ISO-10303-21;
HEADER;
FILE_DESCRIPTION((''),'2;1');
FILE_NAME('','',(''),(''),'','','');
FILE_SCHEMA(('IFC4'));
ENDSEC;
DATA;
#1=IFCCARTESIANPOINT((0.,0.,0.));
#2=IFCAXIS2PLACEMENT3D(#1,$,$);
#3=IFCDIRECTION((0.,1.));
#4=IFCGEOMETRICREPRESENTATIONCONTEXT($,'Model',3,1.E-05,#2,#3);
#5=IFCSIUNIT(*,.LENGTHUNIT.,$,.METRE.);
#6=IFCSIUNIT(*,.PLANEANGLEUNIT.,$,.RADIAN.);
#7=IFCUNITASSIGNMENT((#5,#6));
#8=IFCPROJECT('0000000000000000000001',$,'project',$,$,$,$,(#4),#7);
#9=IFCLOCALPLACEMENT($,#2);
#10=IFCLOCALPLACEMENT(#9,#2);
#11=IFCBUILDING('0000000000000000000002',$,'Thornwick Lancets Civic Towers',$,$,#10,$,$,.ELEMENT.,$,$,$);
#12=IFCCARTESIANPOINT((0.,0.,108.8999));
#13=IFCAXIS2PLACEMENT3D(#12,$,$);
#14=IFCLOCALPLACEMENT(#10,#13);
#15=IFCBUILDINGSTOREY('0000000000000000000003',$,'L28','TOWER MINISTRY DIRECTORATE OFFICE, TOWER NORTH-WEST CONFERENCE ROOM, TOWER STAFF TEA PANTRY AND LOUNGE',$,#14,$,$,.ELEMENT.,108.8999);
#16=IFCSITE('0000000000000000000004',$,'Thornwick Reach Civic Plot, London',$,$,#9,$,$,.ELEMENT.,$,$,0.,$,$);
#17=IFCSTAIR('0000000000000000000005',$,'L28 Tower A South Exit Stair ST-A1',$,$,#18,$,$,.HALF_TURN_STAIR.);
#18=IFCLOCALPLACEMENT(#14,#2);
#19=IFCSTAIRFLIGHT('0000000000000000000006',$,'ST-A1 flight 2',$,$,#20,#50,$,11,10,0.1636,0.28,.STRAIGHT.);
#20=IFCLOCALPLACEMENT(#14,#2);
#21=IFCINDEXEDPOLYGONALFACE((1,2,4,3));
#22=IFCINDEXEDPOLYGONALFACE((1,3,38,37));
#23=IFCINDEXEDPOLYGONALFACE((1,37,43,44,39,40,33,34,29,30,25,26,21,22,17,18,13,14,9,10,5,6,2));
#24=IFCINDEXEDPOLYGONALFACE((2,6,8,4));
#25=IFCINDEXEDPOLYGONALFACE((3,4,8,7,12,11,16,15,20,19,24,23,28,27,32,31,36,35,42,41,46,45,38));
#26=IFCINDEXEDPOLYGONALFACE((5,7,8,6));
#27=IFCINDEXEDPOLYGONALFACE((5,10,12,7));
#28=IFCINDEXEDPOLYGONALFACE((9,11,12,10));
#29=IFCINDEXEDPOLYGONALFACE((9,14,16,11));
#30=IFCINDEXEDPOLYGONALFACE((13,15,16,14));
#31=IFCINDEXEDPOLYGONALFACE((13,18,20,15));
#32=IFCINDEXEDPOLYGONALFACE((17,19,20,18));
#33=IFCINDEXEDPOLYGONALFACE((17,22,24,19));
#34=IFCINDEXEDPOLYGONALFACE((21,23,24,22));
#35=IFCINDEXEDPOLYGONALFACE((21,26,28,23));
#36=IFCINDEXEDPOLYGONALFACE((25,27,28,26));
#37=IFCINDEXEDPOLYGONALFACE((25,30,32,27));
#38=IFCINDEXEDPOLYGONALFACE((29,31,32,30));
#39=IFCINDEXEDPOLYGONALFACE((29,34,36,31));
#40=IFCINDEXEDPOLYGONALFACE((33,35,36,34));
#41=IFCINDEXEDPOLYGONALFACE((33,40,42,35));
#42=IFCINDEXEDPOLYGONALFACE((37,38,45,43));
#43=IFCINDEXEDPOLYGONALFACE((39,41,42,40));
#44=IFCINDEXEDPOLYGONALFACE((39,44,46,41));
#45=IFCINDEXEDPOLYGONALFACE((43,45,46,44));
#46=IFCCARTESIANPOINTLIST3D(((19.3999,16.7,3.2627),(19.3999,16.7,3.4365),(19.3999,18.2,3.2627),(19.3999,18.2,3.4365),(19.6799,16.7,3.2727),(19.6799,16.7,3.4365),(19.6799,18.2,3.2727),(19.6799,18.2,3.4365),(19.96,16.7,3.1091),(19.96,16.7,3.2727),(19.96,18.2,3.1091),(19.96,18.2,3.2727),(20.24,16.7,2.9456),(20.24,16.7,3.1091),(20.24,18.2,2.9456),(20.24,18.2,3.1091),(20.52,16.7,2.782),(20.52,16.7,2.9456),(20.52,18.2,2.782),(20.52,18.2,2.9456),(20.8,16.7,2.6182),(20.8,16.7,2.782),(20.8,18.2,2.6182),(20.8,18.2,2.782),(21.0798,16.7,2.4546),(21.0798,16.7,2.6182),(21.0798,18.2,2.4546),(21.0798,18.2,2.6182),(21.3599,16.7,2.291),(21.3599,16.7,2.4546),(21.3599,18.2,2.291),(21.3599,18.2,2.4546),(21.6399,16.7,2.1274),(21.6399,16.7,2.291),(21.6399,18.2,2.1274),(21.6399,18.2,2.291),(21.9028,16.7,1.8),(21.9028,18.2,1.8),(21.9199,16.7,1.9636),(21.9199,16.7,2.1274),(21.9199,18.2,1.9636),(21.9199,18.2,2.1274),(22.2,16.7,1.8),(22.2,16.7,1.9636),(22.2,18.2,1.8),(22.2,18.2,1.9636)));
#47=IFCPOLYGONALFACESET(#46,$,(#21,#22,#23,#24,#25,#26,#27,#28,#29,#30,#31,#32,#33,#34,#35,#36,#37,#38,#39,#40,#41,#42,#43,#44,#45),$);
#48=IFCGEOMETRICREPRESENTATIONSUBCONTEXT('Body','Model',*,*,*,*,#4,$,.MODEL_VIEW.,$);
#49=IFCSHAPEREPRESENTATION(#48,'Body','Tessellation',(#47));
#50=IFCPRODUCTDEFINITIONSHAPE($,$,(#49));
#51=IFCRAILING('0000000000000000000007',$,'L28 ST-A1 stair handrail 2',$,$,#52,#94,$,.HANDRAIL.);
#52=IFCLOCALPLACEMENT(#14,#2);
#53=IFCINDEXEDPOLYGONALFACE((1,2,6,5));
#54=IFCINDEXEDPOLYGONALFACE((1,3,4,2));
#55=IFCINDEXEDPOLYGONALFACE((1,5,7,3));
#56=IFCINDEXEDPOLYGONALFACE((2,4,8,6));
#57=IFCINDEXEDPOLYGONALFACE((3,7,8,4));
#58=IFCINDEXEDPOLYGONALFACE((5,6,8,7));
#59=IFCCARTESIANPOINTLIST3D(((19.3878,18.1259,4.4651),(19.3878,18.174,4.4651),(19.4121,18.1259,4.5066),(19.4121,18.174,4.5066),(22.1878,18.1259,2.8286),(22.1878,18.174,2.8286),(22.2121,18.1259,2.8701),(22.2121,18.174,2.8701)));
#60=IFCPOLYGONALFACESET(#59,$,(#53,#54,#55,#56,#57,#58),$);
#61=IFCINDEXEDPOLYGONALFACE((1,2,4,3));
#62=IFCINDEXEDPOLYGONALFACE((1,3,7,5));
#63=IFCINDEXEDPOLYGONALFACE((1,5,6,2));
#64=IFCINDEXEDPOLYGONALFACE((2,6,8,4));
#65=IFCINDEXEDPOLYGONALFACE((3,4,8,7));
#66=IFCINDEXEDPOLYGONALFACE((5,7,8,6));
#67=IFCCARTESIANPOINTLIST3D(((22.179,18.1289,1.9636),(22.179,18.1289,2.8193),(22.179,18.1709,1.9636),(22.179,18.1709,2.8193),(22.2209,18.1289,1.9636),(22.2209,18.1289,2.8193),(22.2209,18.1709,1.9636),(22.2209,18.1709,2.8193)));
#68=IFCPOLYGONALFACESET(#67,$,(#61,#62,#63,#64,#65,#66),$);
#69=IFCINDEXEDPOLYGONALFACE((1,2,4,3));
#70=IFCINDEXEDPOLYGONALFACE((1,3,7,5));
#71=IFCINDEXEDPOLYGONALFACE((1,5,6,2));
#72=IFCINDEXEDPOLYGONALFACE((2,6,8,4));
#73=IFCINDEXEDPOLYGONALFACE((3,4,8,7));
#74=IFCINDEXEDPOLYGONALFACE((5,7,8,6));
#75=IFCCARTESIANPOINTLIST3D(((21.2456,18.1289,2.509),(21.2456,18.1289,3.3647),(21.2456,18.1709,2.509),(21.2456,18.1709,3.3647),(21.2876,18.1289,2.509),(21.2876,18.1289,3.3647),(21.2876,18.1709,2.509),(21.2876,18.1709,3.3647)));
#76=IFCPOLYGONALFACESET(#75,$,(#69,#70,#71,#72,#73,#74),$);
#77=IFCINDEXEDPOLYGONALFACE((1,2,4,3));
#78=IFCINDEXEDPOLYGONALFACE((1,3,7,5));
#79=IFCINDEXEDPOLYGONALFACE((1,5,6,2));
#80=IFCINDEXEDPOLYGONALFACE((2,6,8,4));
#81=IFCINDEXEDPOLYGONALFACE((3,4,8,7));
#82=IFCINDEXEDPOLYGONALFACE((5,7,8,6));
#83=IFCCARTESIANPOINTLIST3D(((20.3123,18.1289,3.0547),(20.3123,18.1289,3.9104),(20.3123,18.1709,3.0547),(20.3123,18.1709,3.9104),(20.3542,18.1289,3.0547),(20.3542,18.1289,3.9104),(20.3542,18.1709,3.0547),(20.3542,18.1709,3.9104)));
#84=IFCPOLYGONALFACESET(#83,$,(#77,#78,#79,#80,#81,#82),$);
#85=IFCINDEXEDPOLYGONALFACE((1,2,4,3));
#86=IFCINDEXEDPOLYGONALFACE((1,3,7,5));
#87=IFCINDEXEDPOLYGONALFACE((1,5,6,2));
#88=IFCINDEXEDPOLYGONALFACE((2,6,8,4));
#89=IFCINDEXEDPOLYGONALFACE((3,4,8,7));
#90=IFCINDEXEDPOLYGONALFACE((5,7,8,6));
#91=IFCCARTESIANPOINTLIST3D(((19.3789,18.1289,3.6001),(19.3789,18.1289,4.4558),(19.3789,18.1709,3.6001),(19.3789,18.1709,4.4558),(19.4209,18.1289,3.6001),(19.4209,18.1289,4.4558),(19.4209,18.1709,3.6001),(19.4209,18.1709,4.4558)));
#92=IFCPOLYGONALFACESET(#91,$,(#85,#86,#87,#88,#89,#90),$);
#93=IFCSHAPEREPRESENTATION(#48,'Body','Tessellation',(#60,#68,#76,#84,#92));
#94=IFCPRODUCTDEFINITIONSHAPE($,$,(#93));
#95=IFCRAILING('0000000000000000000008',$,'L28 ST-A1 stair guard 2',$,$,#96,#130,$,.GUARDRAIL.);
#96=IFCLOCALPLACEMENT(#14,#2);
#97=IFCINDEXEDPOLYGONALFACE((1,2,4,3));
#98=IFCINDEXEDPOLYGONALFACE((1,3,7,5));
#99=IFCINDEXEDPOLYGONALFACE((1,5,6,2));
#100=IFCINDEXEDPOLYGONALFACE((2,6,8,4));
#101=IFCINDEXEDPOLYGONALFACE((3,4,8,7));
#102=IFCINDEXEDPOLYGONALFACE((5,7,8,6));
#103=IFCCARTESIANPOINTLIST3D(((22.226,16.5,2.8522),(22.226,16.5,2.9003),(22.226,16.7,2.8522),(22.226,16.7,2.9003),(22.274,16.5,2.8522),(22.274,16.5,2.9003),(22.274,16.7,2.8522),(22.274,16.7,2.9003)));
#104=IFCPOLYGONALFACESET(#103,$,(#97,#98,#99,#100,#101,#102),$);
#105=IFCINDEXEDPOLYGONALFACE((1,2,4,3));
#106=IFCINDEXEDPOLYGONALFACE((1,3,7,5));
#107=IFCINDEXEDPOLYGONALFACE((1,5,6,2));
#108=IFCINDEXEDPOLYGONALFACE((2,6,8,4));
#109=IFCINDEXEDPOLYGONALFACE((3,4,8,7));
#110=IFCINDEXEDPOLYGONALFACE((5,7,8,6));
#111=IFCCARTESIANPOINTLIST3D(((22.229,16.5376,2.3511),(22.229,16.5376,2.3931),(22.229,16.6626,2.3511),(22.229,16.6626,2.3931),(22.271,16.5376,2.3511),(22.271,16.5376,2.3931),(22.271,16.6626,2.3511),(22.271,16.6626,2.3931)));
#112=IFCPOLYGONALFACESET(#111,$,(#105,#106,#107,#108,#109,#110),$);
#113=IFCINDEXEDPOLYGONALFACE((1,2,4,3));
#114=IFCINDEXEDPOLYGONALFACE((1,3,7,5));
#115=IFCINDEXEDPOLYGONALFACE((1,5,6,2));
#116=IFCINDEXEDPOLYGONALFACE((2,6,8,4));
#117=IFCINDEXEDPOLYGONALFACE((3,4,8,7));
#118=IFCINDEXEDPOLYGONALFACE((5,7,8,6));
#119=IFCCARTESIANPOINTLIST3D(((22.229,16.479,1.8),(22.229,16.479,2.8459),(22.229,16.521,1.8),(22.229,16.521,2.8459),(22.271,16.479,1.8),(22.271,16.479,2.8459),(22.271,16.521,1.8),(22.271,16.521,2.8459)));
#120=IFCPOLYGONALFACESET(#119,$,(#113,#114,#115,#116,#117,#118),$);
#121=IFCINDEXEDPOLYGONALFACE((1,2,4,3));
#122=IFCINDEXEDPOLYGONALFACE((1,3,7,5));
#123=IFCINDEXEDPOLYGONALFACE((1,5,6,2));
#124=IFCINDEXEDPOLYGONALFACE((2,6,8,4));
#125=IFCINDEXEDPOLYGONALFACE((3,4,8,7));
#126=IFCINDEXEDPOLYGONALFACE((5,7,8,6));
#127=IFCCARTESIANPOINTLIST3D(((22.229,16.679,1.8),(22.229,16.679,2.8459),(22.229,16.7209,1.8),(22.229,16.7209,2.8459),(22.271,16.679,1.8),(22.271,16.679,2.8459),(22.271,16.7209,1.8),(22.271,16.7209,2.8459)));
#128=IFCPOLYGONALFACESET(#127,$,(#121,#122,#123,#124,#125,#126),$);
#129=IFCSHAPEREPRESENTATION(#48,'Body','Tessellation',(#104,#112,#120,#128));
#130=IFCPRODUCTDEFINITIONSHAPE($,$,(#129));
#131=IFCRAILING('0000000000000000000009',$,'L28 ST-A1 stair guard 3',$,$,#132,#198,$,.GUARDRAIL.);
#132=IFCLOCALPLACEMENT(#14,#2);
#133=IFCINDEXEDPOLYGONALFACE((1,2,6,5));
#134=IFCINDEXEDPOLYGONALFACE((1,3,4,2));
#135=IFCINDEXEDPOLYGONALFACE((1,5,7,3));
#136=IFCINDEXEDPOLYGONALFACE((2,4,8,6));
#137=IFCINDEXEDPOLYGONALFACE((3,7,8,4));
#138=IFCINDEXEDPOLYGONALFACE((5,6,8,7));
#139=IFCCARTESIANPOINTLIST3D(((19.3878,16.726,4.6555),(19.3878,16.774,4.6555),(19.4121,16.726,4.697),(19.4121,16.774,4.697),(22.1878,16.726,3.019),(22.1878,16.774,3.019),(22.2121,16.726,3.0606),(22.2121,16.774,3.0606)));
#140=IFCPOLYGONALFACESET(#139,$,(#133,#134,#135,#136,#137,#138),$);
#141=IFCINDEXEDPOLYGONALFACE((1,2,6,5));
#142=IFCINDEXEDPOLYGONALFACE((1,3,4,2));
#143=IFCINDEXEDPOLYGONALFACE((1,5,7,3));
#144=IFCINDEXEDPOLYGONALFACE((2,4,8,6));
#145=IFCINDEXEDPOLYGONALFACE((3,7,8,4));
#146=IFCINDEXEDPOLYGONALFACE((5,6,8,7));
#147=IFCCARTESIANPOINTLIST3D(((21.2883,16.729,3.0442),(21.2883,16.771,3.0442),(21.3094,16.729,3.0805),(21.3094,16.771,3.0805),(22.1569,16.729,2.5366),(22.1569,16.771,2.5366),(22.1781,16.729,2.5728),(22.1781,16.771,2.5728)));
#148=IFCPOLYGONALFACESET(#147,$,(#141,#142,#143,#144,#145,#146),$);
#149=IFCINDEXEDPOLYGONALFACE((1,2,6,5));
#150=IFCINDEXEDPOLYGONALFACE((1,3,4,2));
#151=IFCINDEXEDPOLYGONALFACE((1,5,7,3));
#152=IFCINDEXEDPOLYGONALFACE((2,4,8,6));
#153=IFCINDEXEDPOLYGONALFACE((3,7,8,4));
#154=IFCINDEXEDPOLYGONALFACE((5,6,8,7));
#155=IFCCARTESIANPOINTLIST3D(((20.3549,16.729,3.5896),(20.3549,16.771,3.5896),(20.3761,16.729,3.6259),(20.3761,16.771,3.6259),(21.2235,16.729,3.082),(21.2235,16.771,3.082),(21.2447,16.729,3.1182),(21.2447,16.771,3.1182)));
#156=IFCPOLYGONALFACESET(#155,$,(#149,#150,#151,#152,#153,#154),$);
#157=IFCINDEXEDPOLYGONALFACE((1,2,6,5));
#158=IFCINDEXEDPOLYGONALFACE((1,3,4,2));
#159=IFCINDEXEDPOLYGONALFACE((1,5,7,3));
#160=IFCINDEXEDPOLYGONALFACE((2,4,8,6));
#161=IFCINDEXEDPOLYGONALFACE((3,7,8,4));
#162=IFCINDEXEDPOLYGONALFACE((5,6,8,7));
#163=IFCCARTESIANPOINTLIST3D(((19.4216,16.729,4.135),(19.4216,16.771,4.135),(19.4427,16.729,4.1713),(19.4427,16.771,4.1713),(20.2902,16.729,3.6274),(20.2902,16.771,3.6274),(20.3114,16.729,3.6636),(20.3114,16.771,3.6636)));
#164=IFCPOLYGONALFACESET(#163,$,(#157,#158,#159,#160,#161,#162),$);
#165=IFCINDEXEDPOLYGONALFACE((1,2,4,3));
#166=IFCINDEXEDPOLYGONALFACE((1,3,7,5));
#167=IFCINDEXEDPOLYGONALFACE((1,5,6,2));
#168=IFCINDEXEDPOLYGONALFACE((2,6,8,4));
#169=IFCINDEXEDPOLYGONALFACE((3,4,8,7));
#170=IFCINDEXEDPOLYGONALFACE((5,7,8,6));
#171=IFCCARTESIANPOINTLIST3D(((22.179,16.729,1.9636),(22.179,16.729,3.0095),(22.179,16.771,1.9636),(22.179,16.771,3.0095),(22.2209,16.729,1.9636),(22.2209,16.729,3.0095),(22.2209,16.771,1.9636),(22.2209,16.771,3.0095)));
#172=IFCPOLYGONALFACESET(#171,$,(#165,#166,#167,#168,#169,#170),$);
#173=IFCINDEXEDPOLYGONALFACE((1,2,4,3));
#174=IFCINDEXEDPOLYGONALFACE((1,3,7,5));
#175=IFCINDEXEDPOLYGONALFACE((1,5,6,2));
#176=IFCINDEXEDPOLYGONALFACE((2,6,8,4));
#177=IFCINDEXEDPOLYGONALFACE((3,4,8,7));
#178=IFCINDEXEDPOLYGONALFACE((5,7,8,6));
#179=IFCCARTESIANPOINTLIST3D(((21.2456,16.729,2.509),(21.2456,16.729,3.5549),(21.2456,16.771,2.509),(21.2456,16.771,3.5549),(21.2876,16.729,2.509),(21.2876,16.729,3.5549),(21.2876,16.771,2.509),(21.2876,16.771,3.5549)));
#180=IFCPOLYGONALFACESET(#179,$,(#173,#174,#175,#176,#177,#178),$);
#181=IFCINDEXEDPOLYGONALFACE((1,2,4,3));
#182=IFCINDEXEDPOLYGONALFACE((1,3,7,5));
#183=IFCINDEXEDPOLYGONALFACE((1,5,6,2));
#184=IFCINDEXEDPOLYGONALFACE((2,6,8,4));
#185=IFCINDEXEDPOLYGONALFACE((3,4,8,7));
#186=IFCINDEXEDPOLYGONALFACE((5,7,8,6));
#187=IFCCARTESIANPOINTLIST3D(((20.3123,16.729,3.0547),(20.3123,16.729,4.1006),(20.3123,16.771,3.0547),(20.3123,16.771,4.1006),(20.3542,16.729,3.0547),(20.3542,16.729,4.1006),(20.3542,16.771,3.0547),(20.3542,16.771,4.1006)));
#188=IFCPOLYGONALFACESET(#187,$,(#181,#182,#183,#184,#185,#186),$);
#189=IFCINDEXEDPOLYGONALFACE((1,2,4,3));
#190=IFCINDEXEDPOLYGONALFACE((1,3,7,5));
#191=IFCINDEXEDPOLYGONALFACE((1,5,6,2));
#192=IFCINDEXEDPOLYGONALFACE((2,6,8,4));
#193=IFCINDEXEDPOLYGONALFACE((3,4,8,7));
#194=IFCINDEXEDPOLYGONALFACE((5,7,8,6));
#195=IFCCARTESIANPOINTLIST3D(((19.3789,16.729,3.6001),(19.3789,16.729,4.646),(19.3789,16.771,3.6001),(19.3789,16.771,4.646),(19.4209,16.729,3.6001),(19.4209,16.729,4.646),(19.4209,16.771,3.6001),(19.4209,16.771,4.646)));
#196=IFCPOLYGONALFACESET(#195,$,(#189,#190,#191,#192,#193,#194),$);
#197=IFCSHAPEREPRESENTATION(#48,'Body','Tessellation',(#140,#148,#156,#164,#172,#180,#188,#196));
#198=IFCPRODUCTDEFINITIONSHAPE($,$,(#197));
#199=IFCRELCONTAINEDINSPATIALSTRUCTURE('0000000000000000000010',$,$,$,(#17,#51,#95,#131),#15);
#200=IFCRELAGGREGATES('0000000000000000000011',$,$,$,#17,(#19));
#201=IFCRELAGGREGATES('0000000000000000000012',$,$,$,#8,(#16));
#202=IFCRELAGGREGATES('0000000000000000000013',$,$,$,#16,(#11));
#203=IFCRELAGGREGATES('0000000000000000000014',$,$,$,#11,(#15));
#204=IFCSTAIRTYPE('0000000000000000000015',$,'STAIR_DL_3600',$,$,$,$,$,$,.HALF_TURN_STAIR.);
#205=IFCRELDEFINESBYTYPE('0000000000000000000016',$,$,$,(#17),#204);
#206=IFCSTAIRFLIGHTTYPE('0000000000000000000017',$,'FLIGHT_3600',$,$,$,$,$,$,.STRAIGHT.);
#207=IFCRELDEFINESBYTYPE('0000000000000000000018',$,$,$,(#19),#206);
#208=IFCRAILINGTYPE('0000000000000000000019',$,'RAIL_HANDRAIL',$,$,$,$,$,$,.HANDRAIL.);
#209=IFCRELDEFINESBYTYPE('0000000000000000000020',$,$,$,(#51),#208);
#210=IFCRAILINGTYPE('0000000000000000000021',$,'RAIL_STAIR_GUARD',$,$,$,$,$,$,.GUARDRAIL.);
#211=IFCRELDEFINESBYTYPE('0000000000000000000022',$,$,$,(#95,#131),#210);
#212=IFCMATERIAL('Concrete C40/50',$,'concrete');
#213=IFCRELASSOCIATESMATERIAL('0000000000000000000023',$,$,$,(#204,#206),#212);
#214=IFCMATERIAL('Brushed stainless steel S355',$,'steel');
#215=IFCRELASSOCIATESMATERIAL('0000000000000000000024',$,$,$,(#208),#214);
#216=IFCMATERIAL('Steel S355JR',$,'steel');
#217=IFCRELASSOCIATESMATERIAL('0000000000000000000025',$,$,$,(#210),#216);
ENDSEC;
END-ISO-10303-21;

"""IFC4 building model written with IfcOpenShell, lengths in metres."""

from ifc_helpers import new_model, si_unit, direction, frame, origin, origin_2d, place, context, subcontext, project, spatial, polyline, rectangle, outline, extrude, material, type_object, element, aggregate, save


model = new_model("IFC4")

# Units and contexts
model_context = context("Model", 3, precision=1e-05, world=origin(), true_north=direction((0.0, 1.0)))
body_context = subcontext(model_context, "Body", "Model", "MODEL_VIEW")
ifc_project = project(units=[si_unit("LENGTHUNIT", "METRE"), si_unit("PLANEANGLEUNIT", "RADIAN")], contexts=[model_context])

# Site, building, storey
site_placement = place(None, origin())
site = spatial("IfcSite", under=ifc_project, at=site_placement, Name="Thornwick Reach Civic Plot, London", CompositionType="ELEMENT", RefElevation=0.0)
building_placement = place(site_placement, origin())
building = spatial("IfcBuilding", under=site, at=building_placement, Name="Thornwick Lancets Civic Towers", CompositionType="ELEMENT")
storey_placement = place(building_placement, frame((0.0, 0.0, 108.8999)))
storey = spatial("IfcBuildingStorey", under=building, at=storey_placement, Name="L28", Description="TOWER MINISTRY DIRECTORATE OFFICE, TOWER NORTH-WEST CONFERENCE ROOM, TOWER STAFF TEA PANTRY AND LOUNGE", CompositionType="ELEMENT", Elevation=108.8999)

# Shared definitions
ifc_material_1 = material(Name="Steel S355JR", Category="steel")
ifc_material_2 = material(Name="Concrete C40/50", Category="concrete")

# Stair, stair flight
stair_type = type_object("IfcStairType", Name="STAIR_DL_3600", PredefinedType="HALF_TURN_STAIR", material=ifc_material_2)
stair_placement = place(storey_placement, origin())
stair = element("IfcStair", 1, at=stair_placement, inside=storey, type_object=stair_type, Name="L28 Tower A South Exit Stair ST-A1", PredefinedType="HALF_TURN_STAIR")
stair_flight_type = type_object("IfcStairFlightType", Name="FLIGHT_3600", PredefinedType="STRAIGHT", material=ifc_material_2)
stair_flight_placement = place(storey_placement, frame((22.2, 17.45, 1.8), z_axis=(0.0, 0.0, 1.0), x_axis=(-1.0, 0.0, 0.0)))
stair_flight = element("IfcStairFlight", 2, at=stair_flight_placement, type_object=stair_flight_type, Name="ST-A1 flight 2", NumberOfRisers=11, NumberOfTreads=10, PredefinedType="STRAIGHT", RiserHeight=0.1636, TreadLength=0.28, context=body_context, shape_type="SweptSolid", body=[
    extrude(outline(polyline([(0.0, 0.0), (0.0, 0.1636), (0.28, 0.1636), (0.28, 0.3274), (0.5601, 0.3274), (0.5601, 0.491), (0.8401, 0.491), (0.8401, 0.6545), (1.1201, 0.6545), (1.1201, 0.8181), (1.3999, 0.8181), (1.3999, 0.9819), (1.6799, 0.9819), (1.6799, 1.1455), (1.96, 1.1455), (1.96, 1.3091), (2.24, 1.3091), (2.24, 1.4727), (2.52, 1.4727), (2.52, 1.6365), (2.8, 1.6365), (2.8, 1.8), (2.8, 1.4626), (0.2971, 0.0), (0.0, 0.0)])), frame((0.0, 0.75, 0.0), z_axis=(0.0, -1.0, 0.0), x_axis=(1.0, 0.0, 0.0)), (0.0, 0.0, 1.0), 1.5),
])
aggregate(stair, [stair_flight])

# Railings
ifc_material_3 = material(Name="Brushed stainless steel S355", Category="steel")
railing_type_1 = type_object("IfcRailingType", Name="RAIL_HANDRAIL", PredefinedType="HANDRAIL", material=ifc_material_3)
railing_1_placement = place(storey_placement, frame((22.2, 18.1499, 1.9636)))
element("IfcRailing", 3, at=railing_1_placement, inside=storey, type_object=railing_type_1, Name="L28 ST-A1 stair handrail 2", PredefinedType="HANDRAIL", context=body_context, shape_type="SweptSolid", body=[
    extrude(rectangle(XDim=0.0481, YDim=0.0481, at=origin_2d()), frame((0.0, 0.0, 0.8857), z_axis=(-0.863361, 0.0, 0.504587), x_axis=(0.0, -1.0, 0.0)), (0.0, 0.0, 1.0), 3.2432),
    extrude(rectangle(XDim=0.042, YDim=0.042, at=origin_2d()), origin(), (0.0, 0.0, 1.0), 0.8557),
    extrude(rectangle(XDim=0.042, YDim=0.042, at=origin_2d()), frame((-0.9333, 0.0, 0.5454)), (0.0, 0.0, 1.0), 0.8557),
    extrude(rectangle(XDim=0.042, YDim=0.042, at=origin_2d()), frame((-1.8667, 0.0, 1.0911)), (0.0, 0.0, 1.0), 0.8557),
    extrude(rectangle(XDim=0.042, YDim=0.042, at=origin_2d()), frame((-2.8, 0.0, 1.6365)), (0.0, 0.0, 1.0), 0.8557),
])
railing_type_2 = type_object("IfcRailingType", Name="RAIL_STAIR_GUARD", PredefinedType="GUARDRAIL", material=ifc_material_1)
railing_2_placement = place(storey_placement, frame((22.25, 16.5, 1.8)))
element("IfcRailing", 4, at=railing_2_placement, inside=storey, type_object=railing_type_2, Name="L28 ST-A1 stair guard 2", PredefinedType="GUARDRAIL", context=body_context, shape_type="SweptSolid", body=[
    extrude(rectangle(XDim=0.0481, YDim=0.0481, at=origin_2d()), frame((0.0, 0.0, 1.0762), z_axis=(0.0, 1.0, 0.0), x_axis=(-1.0, 0.0, 0.0)), (0.0, 0.0, 1.0), 0.2),
    extrude(rectangle(XDim=0.042, YDim=0.042, at=origin_2d()), frame((0.0, 0.0376, 0.572), z_axis=(0.0, 1.0, 0.0), x_axis=(-1.0, 0.0, 0.0)), (0.0, 0.0, 1.0), 0.125),
    extrude(rectangle(XDim=0.042, YDim=0.042, at=origin_2d()), origin(), (0.0, 0.0, 1.0), 1.0459),
    extrude(rectangle(XDim=0.042, YDim=0.042, at=origin_2d()), frame((0.0, 0.2, 0.0)), (0.0, 0.0, 1.0), 1.0459),
])
railing_3_placement = place(storey_placement, frame((22.2, 16.75, 1.9636)))
element("IfcRailing", 5, at=railing_3_placement, inside=storey, type_object=railing_type_2, Name="L28 ST-A1 stair guard 3", PredefinedType="GUARDRAIL", context=body_context, shape_type="SweptSolid", body=[
    extrude(rectangle(XDim=0.0481, YDim=0.0481, at=origin_2d()), frame((0.0, 0.0, 1.0762), z_axis=(-0.863361, 0.0, 0.504587), x_axis=(0.0, -1.0, 0.0)), (0.0, 0.0, 1.0), 3.2432),
    extrude(rectangle(XDim=0.042, YDim=0.042, at=origin_2d()), frame((-0.0325, 0.0, 0.5911), z_axis=(-0.863361, 0.0, 0.504587), x_axis=(0.0, -1.0, 0.0)), (0.0, 0.0, 1.0), 1.0061),
    extrude(rectangle(XDim=0.042, YDim=0.042, at=origin_2d()), frame((-0.9658, 0.0, 1.1365), z_axis=(-0.863361, 0.0, 0.504587), x_axis=(0.0, -1.0, 0.0)), (0.0, 0.0, 1.0), 1.0061),
    extrude(rectangle(XDim=0.042, YDim=0.042, at=origin_2d()), frame((-1.8992, 0.0, 1.6819), z_axis=(-0.863361, 0.0, 0.504587), x_axis=(0.0, -1.0, 0.0)), (0.0, 0.0, 1.0), 1.0061),
    extrude(rectangle(XDim=0.042, YDim=0.042, at=origin_2d()), origin(), (0.0, 0.0, 1.0), 1.0459),
    extrude(rectangle(XDim=0.042, YDim=0.042, at=origin_2d()), frame((-0.9333, 0.0, 0.5454)), (0.0, 0.0, 1.0), 1.0459),
    extrude(rectangle(XDim=0.042, YDim=0.042, at=origin_2d()), frame((-1.8667, 0.0, 1.0911)), (0.0, 0.0, 1.0), 1.0459),
    extrude(rectangle(XDim=0.042, YDim=0.042, at=origin_2d()), frame((-2.8, 0.0, 1.6365)), (0.0, 0.0, 1.0), 1.0459),
])

save(model, "model.ifc")
